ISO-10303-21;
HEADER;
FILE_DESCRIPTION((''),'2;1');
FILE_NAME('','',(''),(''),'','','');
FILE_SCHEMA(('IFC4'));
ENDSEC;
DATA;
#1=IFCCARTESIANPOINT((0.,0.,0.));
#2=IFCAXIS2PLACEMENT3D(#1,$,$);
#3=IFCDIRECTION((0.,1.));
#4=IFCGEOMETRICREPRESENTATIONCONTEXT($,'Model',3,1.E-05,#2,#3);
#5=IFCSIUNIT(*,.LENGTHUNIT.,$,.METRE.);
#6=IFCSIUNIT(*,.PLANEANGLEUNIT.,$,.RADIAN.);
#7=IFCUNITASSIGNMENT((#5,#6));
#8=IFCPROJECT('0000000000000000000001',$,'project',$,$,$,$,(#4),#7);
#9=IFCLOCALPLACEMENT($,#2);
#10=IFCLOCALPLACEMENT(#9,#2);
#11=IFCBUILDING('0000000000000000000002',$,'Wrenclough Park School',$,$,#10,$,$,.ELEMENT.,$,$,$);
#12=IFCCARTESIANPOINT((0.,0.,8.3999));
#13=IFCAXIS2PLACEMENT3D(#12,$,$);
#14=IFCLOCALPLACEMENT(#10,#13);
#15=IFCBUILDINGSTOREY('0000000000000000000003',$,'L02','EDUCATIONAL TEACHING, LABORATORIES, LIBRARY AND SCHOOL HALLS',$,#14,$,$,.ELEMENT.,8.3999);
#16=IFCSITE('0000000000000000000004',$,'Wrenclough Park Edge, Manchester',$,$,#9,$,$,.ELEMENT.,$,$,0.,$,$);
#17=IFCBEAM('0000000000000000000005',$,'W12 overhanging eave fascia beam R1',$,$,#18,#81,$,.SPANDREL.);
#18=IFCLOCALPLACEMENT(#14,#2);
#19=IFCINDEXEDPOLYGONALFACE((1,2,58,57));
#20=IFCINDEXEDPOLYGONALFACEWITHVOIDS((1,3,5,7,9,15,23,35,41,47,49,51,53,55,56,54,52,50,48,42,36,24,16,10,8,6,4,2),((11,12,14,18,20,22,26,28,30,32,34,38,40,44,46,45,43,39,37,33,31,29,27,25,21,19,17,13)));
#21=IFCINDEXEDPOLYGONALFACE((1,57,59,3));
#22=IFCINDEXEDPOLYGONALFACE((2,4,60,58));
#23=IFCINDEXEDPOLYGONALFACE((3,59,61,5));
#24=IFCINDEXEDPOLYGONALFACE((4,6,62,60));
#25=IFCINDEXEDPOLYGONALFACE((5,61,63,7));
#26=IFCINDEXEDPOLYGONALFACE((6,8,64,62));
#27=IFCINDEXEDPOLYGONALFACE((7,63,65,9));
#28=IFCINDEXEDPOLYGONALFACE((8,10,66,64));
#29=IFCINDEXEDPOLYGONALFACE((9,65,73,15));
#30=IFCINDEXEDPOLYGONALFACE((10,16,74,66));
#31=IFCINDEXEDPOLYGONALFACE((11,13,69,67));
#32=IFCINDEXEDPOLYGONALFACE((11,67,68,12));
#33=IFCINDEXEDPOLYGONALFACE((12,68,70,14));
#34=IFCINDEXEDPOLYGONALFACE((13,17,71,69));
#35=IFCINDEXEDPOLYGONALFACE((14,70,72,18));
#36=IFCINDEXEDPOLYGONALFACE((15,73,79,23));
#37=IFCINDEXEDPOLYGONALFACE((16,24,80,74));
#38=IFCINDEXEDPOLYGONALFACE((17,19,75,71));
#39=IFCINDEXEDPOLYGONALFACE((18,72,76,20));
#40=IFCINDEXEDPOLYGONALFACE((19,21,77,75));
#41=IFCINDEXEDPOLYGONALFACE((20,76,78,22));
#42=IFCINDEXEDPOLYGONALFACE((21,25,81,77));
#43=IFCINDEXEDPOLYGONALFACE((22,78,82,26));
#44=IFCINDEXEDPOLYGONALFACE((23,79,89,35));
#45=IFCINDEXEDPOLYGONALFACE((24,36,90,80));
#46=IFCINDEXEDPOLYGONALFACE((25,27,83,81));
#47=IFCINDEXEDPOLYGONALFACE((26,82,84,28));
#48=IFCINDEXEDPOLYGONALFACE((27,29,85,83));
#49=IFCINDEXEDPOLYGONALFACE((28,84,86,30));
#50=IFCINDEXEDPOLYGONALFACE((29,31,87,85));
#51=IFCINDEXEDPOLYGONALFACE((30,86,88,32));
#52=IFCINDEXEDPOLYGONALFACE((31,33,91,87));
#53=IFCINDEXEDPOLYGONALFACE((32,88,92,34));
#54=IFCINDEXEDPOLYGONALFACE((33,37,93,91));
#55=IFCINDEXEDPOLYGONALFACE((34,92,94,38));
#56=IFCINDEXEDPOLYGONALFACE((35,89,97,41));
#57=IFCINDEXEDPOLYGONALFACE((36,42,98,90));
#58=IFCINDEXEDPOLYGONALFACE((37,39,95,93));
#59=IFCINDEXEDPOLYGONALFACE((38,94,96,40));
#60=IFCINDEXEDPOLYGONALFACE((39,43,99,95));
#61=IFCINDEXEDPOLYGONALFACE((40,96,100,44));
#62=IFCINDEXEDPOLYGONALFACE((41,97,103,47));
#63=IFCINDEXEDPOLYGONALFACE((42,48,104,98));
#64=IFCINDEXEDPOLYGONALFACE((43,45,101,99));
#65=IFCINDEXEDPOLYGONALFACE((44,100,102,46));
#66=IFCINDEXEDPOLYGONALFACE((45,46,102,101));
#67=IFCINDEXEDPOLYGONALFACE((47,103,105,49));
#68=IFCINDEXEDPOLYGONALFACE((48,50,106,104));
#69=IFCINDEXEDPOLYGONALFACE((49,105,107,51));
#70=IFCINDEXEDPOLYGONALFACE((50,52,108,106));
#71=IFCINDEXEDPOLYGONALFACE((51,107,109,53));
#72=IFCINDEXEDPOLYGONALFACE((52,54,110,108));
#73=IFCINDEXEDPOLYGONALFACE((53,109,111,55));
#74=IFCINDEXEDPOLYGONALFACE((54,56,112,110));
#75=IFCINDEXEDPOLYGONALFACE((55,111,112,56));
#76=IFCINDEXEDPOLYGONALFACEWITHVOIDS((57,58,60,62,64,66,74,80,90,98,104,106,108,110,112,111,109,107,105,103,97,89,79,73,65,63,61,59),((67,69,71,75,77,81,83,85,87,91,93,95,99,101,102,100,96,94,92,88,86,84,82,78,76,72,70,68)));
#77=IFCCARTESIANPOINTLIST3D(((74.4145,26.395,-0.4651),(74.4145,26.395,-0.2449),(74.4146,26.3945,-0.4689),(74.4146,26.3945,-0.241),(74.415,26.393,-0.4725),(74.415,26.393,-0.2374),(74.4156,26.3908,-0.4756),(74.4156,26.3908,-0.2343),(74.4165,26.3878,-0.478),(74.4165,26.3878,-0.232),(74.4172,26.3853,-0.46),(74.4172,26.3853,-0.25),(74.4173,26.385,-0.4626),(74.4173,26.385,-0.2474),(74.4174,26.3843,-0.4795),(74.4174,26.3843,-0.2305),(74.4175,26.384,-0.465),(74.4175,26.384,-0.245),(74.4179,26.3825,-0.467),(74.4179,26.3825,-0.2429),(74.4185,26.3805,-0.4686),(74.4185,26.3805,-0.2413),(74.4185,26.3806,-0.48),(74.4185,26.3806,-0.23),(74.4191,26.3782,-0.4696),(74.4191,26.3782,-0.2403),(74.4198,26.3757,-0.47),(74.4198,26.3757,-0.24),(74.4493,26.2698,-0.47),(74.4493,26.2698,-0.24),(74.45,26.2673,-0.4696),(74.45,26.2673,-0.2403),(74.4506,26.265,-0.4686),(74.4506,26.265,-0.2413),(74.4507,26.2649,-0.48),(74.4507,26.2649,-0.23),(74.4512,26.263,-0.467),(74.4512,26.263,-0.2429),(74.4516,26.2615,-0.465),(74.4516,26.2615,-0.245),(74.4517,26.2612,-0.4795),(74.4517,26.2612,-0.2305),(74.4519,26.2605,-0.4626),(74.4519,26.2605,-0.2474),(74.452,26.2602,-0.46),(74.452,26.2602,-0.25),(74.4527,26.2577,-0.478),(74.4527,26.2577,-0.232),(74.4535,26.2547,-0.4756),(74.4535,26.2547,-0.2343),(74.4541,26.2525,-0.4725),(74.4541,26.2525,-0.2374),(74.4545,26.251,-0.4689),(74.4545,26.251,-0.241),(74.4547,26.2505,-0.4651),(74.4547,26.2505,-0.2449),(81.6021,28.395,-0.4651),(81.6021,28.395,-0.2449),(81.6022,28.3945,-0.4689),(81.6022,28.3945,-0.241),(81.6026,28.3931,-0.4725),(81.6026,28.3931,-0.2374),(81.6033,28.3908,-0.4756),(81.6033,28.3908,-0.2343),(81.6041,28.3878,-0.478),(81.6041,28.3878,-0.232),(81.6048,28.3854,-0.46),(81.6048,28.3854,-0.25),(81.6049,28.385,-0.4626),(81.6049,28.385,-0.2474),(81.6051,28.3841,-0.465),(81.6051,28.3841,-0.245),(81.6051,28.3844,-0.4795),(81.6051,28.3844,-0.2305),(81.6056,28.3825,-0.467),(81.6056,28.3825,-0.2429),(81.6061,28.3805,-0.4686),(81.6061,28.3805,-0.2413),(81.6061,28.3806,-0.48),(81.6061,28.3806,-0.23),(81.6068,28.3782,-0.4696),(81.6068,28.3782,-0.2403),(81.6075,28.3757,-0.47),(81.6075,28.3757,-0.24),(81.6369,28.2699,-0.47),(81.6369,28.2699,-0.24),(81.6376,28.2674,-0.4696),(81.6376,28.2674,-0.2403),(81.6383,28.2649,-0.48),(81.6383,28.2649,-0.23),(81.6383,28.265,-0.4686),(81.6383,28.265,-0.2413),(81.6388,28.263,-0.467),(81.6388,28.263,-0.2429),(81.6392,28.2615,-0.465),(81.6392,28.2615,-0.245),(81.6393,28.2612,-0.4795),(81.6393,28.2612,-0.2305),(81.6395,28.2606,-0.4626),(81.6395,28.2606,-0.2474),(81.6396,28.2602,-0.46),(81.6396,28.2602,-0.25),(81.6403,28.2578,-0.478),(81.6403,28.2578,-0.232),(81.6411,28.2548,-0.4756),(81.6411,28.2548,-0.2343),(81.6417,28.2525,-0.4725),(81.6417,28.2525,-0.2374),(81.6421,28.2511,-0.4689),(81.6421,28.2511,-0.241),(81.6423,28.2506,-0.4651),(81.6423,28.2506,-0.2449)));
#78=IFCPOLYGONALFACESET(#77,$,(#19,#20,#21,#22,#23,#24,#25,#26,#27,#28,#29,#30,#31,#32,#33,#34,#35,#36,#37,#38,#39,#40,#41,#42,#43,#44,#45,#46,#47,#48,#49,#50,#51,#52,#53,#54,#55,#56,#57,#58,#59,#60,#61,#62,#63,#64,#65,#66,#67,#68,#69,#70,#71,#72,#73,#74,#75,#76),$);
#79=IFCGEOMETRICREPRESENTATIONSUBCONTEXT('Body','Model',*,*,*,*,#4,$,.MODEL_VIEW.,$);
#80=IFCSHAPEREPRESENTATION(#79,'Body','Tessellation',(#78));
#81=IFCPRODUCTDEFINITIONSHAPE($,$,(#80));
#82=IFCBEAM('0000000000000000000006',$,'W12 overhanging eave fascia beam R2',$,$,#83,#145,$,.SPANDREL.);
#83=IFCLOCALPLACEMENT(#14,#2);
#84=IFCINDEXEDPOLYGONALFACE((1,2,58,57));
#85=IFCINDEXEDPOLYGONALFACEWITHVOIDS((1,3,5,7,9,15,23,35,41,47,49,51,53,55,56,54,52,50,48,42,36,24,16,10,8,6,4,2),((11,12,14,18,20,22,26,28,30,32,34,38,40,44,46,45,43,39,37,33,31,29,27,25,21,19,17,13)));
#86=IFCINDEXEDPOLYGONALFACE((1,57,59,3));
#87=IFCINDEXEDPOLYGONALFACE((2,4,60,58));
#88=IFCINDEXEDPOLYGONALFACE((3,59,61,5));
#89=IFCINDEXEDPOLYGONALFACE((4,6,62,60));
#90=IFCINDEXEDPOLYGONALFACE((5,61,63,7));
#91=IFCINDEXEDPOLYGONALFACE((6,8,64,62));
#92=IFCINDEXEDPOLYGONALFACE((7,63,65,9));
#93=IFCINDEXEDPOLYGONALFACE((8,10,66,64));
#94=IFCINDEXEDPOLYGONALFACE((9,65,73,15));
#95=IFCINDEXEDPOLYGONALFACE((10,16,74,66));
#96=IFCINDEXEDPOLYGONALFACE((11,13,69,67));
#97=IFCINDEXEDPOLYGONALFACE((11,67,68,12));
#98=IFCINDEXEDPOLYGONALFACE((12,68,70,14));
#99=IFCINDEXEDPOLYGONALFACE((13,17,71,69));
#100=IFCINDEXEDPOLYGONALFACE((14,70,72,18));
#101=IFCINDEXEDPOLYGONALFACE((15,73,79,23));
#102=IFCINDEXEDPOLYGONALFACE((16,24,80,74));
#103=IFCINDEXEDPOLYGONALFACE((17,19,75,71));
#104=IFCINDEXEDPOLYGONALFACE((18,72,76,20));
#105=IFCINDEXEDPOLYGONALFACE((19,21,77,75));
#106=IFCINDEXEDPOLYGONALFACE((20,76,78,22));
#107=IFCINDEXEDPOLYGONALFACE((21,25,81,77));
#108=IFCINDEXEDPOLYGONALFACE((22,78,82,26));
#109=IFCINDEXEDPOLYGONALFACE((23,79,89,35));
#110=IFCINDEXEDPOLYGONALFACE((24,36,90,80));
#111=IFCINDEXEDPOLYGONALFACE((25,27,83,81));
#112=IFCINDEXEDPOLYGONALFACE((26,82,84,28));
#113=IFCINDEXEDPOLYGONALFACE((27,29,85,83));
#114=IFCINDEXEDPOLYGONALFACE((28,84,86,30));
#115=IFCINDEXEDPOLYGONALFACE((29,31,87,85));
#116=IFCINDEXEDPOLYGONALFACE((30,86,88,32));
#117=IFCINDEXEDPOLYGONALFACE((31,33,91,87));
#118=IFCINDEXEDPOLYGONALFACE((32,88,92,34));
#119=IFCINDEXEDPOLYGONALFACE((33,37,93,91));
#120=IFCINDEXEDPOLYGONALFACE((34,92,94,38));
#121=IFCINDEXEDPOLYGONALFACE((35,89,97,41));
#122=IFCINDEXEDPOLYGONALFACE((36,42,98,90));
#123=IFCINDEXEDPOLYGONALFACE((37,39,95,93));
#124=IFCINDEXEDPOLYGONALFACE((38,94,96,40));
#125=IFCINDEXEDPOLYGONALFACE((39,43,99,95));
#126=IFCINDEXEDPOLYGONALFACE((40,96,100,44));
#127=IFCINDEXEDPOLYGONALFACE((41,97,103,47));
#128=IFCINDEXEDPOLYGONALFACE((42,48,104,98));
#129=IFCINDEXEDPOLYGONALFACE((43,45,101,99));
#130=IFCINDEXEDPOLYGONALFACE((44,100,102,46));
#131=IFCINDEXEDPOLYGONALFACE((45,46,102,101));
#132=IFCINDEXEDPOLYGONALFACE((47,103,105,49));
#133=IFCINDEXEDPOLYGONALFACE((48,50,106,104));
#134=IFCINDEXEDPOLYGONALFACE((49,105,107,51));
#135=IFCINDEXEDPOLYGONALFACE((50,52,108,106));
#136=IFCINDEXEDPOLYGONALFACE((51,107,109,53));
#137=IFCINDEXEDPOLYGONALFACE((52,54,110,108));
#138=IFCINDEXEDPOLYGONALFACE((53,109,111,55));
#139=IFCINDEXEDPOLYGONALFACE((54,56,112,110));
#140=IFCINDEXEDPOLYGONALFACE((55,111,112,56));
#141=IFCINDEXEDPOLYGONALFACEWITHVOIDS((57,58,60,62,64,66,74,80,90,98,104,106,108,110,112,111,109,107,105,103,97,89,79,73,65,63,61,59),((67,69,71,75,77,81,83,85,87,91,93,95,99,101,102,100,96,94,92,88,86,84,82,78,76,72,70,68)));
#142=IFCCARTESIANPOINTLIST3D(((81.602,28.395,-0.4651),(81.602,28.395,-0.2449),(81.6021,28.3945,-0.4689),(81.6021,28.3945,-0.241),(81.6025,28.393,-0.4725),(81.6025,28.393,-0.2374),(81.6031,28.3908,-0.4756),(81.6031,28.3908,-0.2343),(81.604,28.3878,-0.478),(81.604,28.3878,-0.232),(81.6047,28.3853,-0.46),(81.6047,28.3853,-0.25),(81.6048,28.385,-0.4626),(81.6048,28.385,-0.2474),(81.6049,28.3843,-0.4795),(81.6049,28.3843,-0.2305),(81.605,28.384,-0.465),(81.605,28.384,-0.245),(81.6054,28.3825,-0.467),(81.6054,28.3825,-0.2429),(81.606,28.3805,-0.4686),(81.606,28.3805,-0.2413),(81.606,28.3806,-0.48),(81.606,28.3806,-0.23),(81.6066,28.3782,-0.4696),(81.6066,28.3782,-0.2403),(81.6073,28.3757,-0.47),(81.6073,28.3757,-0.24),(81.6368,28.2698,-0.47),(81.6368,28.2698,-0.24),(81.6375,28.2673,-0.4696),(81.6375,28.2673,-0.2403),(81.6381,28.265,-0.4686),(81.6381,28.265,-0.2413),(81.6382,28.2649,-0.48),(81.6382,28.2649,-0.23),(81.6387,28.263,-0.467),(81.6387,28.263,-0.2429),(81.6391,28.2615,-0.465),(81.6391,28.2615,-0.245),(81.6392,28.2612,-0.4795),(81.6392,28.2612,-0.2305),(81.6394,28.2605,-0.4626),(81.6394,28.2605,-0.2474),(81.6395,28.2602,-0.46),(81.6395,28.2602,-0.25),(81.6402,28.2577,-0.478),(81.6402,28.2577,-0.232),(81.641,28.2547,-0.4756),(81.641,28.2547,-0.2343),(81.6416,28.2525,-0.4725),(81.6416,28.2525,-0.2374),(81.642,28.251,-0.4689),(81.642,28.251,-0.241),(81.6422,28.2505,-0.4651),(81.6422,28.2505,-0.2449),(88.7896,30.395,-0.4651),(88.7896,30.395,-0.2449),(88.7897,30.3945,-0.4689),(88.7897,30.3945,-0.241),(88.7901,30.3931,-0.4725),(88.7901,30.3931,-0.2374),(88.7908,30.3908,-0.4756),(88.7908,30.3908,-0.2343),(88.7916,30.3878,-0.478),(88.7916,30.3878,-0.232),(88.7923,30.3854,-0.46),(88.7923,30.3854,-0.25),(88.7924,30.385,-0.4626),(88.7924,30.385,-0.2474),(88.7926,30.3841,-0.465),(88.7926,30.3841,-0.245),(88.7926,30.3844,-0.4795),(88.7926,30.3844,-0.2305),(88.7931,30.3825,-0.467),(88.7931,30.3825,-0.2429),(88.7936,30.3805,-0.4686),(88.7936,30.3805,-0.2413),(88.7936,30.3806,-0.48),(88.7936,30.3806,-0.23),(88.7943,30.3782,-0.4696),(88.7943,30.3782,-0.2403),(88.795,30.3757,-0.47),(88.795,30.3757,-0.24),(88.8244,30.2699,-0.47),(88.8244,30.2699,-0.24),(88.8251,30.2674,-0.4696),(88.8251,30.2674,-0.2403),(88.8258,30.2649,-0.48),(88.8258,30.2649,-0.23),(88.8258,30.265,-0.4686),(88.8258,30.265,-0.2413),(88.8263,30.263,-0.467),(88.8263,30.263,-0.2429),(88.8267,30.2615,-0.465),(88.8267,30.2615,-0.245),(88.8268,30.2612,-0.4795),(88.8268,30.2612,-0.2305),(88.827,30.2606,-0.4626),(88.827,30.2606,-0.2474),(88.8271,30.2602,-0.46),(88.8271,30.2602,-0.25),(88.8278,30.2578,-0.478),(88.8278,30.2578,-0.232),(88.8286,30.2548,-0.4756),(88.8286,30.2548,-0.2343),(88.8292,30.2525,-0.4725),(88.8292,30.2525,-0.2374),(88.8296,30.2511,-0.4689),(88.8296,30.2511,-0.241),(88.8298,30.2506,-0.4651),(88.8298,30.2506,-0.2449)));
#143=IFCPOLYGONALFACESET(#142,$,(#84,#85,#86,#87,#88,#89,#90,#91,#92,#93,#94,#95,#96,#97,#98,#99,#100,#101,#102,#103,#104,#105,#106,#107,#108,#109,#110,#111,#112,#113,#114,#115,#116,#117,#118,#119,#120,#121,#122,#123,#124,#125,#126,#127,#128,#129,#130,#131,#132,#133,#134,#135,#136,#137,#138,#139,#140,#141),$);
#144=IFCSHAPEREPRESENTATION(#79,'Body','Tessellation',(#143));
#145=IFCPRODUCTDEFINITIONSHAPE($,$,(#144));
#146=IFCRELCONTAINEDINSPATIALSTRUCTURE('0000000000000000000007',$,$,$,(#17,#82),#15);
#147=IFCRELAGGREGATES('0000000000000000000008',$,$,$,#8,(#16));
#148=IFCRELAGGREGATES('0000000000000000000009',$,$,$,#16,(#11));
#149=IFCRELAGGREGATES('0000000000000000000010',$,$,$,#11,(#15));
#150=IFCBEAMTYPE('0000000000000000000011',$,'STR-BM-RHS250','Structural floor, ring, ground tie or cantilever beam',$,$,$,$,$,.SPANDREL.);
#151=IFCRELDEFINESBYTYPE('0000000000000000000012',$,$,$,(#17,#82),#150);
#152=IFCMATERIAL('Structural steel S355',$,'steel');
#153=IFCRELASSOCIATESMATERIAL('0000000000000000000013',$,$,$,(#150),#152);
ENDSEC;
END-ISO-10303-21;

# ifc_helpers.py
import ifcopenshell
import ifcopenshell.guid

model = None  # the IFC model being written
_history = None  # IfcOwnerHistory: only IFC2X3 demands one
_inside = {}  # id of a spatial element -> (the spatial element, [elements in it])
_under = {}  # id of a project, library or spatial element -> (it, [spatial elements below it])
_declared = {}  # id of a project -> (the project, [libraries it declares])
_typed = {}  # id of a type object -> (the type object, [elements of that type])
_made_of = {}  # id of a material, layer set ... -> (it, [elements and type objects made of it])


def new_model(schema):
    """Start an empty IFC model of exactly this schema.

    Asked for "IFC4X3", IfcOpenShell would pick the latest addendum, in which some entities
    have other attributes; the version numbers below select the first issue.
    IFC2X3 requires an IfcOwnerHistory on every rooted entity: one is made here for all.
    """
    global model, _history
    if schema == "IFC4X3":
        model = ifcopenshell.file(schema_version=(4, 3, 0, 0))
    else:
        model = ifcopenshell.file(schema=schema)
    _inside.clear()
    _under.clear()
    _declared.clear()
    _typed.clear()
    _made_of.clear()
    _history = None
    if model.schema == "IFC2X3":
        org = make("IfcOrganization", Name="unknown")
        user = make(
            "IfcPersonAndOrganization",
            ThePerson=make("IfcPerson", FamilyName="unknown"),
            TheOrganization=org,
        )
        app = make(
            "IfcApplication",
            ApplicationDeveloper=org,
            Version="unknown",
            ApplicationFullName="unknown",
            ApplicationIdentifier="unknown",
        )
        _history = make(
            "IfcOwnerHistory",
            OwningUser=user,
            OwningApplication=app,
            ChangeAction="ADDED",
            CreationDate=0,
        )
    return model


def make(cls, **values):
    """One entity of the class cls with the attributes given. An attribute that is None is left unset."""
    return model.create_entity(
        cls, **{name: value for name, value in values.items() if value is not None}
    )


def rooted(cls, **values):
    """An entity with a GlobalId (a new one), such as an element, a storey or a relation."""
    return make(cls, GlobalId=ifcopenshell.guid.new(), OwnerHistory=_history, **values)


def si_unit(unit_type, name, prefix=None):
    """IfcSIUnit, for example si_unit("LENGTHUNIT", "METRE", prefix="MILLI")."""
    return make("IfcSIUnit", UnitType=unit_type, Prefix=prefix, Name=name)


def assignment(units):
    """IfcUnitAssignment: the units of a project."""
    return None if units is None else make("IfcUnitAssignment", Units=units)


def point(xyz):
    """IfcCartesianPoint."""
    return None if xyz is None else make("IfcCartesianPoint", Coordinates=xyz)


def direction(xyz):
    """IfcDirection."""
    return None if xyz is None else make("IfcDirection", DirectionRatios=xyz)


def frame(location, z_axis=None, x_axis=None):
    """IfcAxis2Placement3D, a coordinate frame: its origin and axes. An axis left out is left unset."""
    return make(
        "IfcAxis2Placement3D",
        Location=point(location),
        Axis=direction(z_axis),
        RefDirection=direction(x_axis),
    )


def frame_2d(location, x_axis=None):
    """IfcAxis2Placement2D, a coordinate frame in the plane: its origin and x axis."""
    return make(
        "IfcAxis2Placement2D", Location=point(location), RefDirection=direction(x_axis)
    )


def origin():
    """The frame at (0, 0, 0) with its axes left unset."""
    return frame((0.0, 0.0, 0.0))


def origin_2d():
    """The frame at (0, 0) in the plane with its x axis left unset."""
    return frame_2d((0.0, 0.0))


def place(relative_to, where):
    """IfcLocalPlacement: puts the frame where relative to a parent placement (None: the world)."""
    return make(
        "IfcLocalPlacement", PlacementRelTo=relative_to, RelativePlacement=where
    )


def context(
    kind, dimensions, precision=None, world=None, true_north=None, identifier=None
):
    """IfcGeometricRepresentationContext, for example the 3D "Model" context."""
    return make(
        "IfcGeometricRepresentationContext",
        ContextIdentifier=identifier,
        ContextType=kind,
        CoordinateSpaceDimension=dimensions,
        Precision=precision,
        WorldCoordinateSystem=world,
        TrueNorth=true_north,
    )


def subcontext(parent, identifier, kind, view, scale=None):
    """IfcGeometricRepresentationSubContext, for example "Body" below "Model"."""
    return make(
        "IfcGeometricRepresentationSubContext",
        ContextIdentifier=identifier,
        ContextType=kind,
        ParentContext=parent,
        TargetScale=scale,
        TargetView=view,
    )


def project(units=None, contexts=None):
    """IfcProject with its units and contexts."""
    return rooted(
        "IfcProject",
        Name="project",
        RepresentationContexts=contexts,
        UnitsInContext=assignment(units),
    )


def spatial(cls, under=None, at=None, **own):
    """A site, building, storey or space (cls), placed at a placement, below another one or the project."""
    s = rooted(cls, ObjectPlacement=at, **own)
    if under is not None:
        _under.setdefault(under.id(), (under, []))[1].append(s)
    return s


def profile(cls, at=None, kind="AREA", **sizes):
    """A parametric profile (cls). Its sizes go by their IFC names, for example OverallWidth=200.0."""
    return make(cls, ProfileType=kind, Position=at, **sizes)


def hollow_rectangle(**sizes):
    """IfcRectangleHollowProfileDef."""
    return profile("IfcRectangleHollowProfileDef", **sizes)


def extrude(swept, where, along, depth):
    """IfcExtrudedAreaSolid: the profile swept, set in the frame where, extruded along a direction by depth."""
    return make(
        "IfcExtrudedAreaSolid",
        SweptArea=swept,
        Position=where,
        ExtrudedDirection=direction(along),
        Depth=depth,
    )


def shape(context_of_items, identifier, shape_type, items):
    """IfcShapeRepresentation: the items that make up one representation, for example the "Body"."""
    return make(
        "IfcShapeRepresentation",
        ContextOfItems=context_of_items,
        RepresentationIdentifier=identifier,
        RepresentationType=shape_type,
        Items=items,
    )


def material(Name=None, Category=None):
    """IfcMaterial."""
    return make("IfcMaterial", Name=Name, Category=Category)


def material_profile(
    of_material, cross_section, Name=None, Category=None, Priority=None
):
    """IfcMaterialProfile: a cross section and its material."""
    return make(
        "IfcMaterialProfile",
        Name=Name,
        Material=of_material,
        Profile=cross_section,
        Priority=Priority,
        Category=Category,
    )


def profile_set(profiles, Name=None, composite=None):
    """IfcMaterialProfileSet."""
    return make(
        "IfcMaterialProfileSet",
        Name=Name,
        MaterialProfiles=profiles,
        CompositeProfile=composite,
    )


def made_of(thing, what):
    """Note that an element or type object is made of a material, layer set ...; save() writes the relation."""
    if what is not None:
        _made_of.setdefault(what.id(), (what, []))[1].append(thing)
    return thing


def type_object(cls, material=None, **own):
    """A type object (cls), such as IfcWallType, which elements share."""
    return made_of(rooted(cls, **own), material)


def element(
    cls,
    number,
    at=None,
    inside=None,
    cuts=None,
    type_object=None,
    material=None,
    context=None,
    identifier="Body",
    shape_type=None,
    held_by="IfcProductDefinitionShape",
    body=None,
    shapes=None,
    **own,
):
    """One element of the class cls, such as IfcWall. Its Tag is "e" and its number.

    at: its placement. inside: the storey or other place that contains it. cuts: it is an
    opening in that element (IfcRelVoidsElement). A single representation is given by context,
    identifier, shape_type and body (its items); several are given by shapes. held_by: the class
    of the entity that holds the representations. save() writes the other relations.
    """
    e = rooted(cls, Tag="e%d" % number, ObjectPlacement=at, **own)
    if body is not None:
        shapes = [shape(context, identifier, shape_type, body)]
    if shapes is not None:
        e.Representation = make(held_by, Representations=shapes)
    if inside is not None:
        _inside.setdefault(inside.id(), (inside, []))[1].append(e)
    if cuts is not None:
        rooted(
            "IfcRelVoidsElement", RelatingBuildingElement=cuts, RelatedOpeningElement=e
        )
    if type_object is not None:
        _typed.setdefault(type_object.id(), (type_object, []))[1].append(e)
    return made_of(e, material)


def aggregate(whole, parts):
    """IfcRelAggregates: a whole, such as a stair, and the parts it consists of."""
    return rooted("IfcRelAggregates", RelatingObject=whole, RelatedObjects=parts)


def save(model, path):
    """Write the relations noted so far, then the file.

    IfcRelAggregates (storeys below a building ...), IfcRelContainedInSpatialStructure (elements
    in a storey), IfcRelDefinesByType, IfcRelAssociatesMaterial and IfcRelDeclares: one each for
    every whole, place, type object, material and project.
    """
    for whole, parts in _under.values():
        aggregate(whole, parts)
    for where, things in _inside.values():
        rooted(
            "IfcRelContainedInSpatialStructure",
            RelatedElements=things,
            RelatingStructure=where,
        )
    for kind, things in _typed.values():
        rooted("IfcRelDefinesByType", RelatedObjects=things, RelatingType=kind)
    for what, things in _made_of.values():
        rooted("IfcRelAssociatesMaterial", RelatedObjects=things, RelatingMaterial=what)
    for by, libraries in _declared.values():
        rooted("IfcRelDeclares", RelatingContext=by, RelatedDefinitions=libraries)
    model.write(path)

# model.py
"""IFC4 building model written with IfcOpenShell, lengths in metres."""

from ifc_helpers import new_model, si_unit, direction, frame, origin, origin_2d, place, context, subcontext, project, spatial, hollow_rectangle, extrude, material, material_profile, profile_set, type_object, element, save


model = new_model("IFC4")

# Units and contexts
model_context = context("Model", 3, precision=1e-05, world=origin(), true_north=direction((0.0, 1.0)))
body_context = subcontext(model_context, "Body", "Model", "MODEL_VIEW")
ifc_project = project(units=[si_unit("LENGTHUNIT", "METRE"), si_unit("PLANEANGLEUNIT", "RADIAN")], contexts=[model_context])

# Site, building, storey
site_placement = place(None, origin())
site = spatial("IfcSite", under=ifc_project, at=site_placement, Name="Wrenclough Park Edge, Manchester", CompositionType="ELEMENT", RefElevation=0.0)
building_placement = place(site_placement, origin())
building = spatial("IfcBuilding", under=site, at=building_placement, Name="Wrenclough Park School", CompositionType="ELEMENT")
storey_placement = place(building_placement, frame((0.0, 0.0, 8.3999)))
storey = spatial("IfcBuildingStorey", under=building, at=storey_placement, Name="L02", Description="EDUCATIONAL TEACHING, LABORATORIES, LIBRARY AND SCHOOL HALLS", CompositionType="ELEMENT", Elevation=8.3999)

# Beams
ifc_material_1 = material(Name="Structural steel S355", Category="steel")
ifc_material_profile_1 = material_profile(ifc_material_1, hollow_rectangle(XDim=0.1499, YDim=0.25, WallThickness=0.01, InnerFilletRadius=0.01, OuterFilletRadius=0.0149, at=origin_2d()), Name="RHS 250x150x10.0")
ifc_profile_set_1 = profile_set([ifc_material_profile_1], Name="Structural steel S355")
beam_type_1 = type_object("IfcBeamType", Name="STR-BM-RHS250", Description="Structural floor, ring, ground tie or cantilever beam", PredefinedType="SPANDREL", material=ifc_profile_set_1)
for number, where, z_axis, x_axis, name in (
    (1, (74.4346, 26.3228, -0.355), (0.963398, 0.268076, 0.0), (-0.268076, 0.963398, 0.0), "W12 overhanging eave fascia beam R1"),
    (2, (81.6221, 28.3228, -0.355), (0.963398, 0.268076, 0.0), (-0.268076, 0.963398, 0.0), "W12 overhanging eave fascia beam R2"),
):
    element("IfcBeam", number, at=place(storey_placement, frame(where, z_axis=z_axis, x_axis=x_axis)), inside=storey, type_object=beam_type_1, Name=name, PredefinedType="SPANDREL", context=body_context, shape_type="SweptSolid", body=[
        extrude(hollow_rectangle(XDim=0.1499, YDim=0.25, WallThickness=0.01, InnerFilletRadius=0.01, OuterFilletRadius=0.0149, at=origin_2d()), origin(), (0.0, 0.0, 1.0), 7.4607),
    ])

save(model, "model.ifc")
